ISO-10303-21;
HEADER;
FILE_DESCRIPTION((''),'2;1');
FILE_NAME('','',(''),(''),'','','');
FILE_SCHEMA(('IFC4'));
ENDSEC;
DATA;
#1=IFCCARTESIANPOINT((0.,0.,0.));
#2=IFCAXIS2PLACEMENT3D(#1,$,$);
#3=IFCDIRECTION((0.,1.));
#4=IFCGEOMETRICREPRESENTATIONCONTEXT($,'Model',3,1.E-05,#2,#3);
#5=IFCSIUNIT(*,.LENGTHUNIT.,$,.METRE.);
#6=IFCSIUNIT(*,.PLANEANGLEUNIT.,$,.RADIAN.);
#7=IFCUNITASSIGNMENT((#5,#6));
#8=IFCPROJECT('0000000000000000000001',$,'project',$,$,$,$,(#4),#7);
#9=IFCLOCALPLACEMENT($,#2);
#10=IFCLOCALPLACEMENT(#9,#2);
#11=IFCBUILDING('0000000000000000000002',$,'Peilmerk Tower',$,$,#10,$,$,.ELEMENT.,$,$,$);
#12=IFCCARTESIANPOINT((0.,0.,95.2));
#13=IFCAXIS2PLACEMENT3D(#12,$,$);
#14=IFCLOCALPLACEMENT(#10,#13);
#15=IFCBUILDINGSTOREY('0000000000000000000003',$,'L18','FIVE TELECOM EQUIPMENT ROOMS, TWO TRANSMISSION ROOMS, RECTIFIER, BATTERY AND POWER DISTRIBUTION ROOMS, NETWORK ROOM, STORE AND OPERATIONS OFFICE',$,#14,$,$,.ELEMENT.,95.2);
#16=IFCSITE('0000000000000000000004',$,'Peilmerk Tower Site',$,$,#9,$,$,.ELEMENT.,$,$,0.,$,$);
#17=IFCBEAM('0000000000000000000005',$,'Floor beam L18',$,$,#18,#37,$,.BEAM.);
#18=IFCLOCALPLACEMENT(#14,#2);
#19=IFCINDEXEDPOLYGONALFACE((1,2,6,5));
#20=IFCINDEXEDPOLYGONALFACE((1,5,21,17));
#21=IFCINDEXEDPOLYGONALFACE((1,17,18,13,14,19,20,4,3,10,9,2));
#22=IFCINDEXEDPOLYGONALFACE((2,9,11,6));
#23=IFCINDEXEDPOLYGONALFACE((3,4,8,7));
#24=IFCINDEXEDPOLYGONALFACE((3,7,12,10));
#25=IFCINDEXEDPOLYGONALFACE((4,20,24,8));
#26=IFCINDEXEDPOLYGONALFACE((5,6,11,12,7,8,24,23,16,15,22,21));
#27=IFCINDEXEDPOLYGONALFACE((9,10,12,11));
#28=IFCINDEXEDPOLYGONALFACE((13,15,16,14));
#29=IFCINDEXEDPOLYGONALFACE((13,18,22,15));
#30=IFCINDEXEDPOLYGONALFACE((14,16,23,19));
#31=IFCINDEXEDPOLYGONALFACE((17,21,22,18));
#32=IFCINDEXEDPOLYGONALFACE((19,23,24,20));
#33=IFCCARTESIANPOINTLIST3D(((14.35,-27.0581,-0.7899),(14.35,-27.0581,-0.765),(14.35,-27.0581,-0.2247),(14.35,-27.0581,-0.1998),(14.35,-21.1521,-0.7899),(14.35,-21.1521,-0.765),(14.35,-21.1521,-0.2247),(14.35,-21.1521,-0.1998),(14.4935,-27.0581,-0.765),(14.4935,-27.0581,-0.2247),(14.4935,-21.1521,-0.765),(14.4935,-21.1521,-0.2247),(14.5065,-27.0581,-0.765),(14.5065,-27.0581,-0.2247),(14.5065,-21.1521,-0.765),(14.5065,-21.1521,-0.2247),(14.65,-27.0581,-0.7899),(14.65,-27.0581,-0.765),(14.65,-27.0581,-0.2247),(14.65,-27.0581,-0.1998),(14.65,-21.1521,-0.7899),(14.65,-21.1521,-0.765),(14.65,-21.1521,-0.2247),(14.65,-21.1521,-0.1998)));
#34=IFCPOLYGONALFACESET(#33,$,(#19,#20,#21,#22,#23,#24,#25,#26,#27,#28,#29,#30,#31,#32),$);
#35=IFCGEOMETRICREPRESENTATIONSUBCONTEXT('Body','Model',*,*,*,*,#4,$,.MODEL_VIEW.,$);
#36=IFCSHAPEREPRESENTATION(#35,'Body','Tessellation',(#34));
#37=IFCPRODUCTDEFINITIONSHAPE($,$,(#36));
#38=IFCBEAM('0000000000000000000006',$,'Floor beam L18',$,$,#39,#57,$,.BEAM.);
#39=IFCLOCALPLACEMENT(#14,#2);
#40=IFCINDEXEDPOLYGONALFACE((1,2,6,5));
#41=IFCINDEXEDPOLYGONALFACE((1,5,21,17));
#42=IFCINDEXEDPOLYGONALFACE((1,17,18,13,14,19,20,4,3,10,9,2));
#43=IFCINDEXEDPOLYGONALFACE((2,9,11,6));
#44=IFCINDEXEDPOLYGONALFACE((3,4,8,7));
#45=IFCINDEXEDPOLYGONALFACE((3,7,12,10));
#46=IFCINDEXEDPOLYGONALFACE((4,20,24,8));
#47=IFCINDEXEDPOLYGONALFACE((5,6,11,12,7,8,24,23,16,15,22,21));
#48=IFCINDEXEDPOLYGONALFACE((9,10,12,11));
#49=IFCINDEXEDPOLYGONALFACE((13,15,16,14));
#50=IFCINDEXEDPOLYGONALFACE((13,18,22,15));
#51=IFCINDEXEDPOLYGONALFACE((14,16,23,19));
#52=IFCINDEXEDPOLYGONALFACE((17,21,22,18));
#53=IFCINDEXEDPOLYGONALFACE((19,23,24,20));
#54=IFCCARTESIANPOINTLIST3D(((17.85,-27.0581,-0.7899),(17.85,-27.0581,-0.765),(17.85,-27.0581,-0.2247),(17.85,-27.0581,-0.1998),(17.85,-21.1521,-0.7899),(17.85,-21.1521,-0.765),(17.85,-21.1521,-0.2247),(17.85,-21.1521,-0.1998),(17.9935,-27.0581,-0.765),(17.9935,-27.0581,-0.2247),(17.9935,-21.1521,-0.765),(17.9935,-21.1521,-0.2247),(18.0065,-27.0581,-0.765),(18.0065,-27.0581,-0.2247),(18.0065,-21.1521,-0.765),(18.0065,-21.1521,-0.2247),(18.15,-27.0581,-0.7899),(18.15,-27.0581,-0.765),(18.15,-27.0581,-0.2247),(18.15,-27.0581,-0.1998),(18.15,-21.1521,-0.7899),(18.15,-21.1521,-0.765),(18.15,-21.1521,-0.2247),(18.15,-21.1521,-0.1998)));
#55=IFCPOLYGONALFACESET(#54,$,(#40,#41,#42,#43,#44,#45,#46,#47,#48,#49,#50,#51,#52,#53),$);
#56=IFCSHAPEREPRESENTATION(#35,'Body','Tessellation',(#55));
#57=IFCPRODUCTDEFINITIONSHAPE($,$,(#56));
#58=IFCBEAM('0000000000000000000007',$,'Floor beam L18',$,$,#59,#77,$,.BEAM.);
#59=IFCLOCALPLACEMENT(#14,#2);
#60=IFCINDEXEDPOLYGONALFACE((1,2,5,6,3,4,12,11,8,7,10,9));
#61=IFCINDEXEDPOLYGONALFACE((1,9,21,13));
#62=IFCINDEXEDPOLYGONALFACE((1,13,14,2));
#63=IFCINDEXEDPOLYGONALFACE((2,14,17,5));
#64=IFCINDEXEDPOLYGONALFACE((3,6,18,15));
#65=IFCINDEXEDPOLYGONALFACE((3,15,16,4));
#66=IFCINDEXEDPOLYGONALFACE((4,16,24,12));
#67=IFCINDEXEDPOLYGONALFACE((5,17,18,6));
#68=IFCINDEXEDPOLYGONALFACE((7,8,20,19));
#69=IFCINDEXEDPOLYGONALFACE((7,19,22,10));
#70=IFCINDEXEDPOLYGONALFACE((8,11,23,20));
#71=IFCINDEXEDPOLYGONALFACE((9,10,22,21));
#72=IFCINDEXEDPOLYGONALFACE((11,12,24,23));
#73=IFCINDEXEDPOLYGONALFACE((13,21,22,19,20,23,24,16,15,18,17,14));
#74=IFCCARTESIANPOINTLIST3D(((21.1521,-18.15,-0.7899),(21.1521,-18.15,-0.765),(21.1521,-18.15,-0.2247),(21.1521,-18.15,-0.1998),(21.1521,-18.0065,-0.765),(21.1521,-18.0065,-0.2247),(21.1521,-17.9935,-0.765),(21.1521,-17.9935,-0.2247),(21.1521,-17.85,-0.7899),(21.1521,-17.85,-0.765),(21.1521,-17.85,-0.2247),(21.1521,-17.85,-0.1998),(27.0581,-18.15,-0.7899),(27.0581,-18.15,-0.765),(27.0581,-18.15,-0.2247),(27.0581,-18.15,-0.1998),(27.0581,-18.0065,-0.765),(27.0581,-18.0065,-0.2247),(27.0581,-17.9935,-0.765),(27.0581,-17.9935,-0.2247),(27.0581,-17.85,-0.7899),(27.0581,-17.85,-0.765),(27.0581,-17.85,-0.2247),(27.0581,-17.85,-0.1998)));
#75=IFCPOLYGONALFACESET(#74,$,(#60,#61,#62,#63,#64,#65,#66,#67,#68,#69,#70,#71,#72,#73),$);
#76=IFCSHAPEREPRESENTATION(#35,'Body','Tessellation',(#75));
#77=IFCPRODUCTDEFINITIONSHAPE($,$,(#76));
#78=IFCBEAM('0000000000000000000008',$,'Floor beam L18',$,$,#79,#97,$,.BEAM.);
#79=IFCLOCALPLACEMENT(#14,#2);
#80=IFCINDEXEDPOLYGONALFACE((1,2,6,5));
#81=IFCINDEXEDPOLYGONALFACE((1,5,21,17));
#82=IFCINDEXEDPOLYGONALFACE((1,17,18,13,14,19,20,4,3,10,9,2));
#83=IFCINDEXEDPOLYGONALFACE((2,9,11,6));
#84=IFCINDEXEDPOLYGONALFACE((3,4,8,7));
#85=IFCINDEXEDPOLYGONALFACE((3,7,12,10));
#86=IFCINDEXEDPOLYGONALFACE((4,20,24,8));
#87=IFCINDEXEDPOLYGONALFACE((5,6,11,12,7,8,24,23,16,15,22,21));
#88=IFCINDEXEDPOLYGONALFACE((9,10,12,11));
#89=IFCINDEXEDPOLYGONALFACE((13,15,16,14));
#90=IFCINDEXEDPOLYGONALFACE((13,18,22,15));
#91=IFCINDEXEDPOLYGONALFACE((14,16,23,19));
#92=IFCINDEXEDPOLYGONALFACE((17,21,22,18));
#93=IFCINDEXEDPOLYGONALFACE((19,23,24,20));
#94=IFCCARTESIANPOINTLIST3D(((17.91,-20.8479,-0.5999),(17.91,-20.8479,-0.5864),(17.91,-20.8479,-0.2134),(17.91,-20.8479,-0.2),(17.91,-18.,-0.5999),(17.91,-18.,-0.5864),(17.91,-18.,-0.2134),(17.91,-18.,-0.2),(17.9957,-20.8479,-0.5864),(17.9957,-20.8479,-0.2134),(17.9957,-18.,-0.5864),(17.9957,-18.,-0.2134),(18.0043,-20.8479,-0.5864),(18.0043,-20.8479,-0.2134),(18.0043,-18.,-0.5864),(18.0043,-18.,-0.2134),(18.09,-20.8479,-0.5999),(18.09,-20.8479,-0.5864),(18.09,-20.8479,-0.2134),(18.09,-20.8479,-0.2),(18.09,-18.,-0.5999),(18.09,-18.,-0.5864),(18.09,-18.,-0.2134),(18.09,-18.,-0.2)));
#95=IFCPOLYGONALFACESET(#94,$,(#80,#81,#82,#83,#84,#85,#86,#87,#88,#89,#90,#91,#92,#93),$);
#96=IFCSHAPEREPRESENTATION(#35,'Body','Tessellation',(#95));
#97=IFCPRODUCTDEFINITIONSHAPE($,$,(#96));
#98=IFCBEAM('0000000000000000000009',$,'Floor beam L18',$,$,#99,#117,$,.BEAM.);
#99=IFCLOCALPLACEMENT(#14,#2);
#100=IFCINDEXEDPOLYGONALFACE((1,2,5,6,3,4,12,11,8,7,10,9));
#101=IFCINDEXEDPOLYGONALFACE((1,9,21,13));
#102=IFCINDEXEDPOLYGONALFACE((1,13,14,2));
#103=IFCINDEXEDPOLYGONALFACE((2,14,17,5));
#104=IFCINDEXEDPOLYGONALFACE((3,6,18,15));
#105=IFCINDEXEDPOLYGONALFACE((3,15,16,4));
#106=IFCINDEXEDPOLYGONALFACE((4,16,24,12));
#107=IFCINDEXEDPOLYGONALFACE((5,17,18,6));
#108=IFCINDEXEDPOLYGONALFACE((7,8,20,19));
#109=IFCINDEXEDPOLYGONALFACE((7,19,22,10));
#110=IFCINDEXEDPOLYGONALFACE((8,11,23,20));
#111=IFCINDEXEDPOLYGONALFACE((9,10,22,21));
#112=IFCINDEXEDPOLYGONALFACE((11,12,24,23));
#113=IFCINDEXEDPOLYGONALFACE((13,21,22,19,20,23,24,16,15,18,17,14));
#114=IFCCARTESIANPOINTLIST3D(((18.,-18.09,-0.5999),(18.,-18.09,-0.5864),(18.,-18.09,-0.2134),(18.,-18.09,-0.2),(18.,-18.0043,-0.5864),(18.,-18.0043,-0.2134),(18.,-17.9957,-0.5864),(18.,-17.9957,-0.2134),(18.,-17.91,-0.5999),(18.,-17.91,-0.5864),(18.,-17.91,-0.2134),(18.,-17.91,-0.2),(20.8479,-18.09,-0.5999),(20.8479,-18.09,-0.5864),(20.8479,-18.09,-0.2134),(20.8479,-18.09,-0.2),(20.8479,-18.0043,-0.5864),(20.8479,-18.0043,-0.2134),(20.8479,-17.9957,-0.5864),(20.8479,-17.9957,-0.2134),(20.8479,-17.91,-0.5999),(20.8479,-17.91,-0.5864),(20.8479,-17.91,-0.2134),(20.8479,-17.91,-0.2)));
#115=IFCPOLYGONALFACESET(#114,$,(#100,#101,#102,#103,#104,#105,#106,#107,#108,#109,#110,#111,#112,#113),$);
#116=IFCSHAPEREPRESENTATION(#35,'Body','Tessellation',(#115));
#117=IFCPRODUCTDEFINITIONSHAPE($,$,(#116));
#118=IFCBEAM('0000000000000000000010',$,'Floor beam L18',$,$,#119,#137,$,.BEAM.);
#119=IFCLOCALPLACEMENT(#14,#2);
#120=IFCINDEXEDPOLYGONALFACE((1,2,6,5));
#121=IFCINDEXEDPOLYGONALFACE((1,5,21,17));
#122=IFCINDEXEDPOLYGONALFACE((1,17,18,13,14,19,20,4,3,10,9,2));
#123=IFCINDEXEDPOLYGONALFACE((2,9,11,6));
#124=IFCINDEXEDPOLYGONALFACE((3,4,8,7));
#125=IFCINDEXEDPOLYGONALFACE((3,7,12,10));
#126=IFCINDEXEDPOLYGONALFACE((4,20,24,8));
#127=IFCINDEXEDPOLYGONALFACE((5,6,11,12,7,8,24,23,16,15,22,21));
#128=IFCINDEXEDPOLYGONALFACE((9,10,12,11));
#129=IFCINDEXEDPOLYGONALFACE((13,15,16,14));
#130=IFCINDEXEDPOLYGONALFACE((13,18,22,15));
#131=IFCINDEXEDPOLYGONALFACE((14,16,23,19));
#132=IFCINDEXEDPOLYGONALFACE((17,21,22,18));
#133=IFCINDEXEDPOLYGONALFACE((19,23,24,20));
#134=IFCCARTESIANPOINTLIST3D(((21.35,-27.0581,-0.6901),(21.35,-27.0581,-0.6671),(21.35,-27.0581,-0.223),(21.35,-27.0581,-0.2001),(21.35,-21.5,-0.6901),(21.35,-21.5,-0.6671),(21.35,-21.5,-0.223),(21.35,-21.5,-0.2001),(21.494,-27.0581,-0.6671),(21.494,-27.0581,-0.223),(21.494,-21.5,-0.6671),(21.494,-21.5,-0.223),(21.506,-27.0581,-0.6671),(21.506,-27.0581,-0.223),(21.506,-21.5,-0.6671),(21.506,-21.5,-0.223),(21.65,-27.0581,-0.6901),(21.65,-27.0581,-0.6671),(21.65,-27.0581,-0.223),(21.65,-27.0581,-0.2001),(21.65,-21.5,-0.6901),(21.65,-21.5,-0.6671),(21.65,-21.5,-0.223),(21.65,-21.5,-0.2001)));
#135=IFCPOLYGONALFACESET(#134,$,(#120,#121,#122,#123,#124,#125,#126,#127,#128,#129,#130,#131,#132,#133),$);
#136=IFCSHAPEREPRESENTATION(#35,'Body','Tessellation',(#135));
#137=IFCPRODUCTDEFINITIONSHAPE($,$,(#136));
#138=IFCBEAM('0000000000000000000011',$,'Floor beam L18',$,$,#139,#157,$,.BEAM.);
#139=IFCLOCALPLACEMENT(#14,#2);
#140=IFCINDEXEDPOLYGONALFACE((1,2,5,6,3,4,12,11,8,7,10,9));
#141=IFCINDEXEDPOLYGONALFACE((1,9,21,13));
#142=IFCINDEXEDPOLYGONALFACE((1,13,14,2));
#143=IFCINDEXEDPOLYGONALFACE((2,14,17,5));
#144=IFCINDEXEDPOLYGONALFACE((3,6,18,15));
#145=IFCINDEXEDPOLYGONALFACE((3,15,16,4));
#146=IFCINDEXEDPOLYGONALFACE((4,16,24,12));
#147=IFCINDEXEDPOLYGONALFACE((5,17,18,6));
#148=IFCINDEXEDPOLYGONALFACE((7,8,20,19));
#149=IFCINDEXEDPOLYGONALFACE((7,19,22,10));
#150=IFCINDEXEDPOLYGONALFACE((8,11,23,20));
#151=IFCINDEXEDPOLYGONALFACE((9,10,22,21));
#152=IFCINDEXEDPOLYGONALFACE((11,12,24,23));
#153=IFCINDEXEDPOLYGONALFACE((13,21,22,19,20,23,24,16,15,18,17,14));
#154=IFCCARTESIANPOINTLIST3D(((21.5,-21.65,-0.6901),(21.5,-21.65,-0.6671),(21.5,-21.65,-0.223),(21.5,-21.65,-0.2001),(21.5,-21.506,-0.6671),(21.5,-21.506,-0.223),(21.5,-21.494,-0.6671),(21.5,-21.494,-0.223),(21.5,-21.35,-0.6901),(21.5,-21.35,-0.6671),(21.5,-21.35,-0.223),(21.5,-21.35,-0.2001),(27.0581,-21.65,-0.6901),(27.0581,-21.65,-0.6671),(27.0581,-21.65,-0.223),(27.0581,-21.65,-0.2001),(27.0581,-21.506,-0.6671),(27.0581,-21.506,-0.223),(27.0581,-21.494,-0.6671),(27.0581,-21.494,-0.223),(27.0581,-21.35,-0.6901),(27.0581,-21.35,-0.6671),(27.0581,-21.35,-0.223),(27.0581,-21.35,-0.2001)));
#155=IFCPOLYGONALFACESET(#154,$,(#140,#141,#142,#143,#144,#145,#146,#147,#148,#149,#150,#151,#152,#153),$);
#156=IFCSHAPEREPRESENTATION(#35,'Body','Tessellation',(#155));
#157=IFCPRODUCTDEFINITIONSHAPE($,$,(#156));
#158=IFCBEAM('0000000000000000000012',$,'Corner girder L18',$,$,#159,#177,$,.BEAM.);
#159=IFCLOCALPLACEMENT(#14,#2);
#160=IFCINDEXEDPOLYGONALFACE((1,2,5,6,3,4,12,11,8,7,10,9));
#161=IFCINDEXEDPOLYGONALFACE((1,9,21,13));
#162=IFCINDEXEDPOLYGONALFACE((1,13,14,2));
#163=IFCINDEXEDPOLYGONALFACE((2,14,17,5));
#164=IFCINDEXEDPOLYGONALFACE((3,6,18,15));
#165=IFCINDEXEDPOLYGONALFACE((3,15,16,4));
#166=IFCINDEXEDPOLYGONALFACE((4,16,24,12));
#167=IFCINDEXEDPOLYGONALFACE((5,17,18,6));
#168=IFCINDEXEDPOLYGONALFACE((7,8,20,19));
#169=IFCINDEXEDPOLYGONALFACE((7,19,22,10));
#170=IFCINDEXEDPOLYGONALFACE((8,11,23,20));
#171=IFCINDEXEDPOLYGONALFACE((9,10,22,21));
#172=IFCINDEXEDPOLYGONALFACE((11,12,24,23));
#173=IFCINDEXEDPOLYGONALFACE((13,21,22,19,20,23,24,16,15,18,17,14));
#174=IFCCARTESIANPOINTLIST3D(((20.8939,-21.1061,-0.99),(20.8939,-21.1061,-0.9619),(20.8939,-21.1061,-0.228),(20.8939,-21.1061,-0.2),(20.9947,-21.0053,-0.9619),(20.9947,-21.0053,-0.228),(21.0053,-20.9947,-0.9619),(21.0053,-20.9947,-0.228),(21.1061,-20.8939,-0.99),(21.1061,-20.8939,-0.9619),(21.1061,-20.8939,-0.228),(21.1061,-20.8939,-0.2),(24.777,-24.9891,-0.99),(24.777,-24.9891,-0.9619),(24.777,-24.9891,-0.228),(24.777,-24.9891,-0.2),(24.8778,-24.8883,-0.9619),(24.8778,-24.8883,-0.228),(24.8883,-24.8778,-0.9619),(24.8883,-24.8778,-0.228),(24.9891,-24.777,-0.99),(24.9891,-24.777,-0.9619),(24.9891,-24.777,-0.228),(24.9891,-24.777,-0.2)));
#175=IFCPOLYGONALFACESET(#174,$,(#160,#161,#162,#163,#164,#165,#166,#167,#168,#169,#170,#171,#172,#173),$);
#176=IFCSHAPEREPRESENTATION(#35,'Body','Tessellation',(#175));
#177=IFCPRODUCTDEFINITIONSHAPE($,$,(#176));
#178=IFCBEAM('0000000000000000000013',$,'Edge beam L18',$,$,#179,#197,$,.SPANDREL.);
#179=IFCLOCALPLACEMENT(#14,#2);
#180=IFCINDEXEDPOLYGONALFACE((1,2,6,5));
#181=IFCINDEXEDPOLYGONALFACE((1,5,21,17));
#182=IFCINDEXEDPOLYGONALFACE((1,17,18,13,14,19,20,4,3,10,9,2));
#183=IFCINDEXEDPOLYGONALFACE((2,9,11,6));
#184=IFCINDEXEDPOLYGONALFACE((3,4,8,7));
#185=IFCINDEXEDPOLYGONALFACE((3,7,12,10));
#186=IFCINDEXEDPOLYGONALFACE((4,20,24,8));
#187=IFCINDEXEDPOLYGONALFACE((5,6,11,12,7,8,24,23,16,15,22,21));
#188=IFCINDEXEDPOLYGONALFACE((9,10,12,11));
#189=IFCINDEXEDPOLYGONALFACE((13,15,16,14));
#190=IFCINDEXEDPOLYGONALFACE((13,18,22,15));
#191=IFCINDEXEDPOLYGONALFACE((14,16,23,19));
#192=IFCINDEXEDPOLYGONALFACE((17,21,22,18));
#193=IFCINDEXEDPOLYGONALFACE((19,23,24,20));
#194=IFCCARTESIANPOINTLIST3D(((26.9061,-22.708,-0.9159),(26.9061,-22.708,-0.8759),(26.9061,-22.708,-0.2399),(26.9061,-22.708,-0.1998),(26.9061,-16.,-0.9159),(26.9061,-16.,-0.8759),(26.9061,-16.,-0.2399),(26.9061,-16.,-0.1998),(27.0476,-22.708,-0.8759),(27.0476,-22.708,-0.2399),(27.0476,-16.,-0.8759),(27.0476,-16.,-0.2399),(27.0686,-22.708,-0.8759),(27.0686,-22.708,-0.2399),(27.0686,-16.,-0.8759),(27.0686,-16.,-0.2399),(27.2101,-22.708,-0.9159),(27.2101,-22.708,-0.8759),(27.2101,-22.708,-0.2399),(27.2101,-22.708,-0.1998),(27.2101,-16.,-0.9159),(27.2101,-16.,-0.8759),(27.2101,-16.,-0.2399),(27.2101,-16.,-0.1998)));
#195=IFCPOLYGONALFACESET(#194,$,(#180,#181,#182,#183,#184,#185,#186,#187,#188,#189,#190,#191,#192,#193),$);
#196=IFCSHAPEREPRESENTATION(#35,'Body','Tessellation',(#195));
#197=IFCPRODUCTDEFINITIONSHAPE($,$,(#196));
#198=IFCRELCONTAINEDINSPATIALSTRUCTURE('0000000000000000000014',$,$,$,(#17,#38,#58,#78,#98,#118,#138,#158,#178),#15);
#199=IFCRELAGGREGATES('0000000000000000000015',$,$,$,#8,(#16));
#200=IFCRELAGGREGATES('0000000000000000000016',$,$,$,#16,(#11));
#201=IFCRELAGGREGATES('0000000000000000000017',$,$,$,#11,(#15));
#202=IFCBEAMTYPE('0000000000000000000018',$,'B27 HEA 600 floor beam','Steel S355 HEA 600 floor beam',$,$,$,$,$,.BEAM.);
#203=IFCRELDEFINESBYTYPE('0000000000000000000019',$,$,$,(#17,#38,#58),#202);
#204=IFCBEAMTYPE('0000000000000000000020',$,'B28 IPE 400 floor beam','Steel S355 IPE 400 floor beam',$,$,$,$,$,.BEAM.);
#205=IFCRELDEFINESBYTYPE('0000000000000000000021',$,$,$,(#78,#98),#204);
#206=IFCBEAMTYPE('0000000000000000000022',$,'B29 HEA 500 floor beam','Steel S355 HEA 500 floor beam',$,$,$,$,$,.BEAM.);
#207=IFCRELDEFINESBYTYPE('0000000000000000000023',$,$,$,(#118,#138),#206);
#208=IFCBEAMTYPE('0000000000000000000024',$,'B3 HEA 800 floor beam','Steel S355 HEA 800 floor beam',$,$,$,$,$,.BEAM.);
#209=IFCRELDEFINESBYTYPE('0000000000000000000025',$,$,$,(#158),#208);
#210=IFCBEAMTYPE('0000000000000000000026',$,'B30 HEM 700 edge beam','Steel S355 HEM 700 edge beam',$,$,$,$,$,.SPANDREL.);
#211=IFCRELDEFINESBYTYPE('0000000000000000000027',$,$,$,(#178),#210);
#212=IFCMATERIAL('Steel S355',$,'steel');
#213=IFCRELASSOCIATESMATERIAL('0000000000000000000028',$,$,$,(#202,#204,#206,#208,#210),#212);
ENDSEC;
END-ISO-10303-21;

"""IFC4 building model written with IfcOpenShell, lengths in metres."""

from ifc_helpers import new_model, si_unit, direction, frame, origin, origin_2d, place, context, subcontext, project, spatial, i_section, extrude, material, material_profile, profile_set, type_object, element, save


model = new_model("IFC4")

# Units and contexts
model_context = context("Model", 3, precision=1e-05, world=origin(), true_north=direction((0.0, 1.0)))
body_context = subcontext(model_context, "Body", "Model", "MODEL_VIEW")
ifc_project = project(units=[si_unit("LENGTHUNIT", "METRE"), si_unit("PLANEANGLEUNIT", "RADIAN")], contexts=[model_context])

# Site, building, storey
site_placement = place(None, origin())
site = spatial("IfcSite", under=ifc_project, at=site_placement, Name="Peilmerk Tower Site", CompositionType="ELEMENT", RefElevation=0.0)
building_placement = place(site_placement, origin())
building = spatial("IfcBuilding", under=site, at=building_placement, Name="Peilmerk Tower", CompositionType="ELEMENT")
storey_placement = place(building_placement, frame((0.0, 0.0, 95.2)))
storey = spatial("IfcBuildingStorey", under=building, at=storey_placement, Name="L18", Description="FIVE TELECOM EQUIPMENT ROOMS, TWO TRANSMISSION ROOMS, RECTIFIER, BATTERY AND POWER DISTRIBUTION ROOMS, NETWORK ROOM, STORE AND OPERATIONS OFFICE", CompositionType="ELEMENT", Elevation=95.2)

# Beams
ifc_material_1 = material(Name="Steel S355", Category="steel")
ifc_material_profile_1 = material_profile(ifc_material_1, i_section(OverallWidth=0.3, OverallDepth=0.5901, WebThickness=0.0129, FlangeThickness=0.0249, at=origin_2d()), Name="HEA 600")
ifc_profile_set_1 = profile_set([ifc_material_profile_1], Name="Steel S355")
beam_type_1 = type_object("IfcBeamType", Name="B27 HEA 600 floor beam", Description="Steel S355 HEA 600 floor beam", PredefinedType="BEAM", material=ifc_profile_set_1)
for number, where, z_axis, x_axis, name in (
    (1, (14.5, -21.1521, -0.4949), (0.0, -1.0, 0.0), (1.0, 0.0, 0.0), "Floor beam L18"),
    (2, (18.0, -21.1521, -0.4949), (0.0, -1.0, 0.0), (1.0, 0.0, 0.0), "Floor beam L18"),
    (3, (21.1521, -18.0, -0.4949), (1.0, 0.0, 0.0), (0.0, 1.0, 0.0), "Floor beam L18"),
):
    element("IfcBeam", number, at=place(storey_placement, frame(where, z_axis=z_axis, x_axis=x_axis)), inside=storey, type_object=beam_type_1, Name=name, PredefinedType="BEAM", context=body_context, shape_type="SweptSolid", body=[
        extrude(i_section(OverallWidth=0.3, OverallDepth=0.5901, WebThickness=0.0129, FlangeThickness=0.0249, at=origin_2d()), origin(), (0.0, 0.0, 1.0), 5.906),
    ])
ifc_material_profile_2 = material_profile(ifc_material_1, i_section(OverallWidth=0.1799, OverallDepth=0.3999, WebThickness=0.0085, FlangeThickness=0.0134, at=origin_2d()), Name="IPE 400")
ifc_profile_set_2 = profile_set([ifc_material_profile_2], Name="Steel S355")
beam_type_2 = type_object("IfcBeamType", Name="B28 IPE 400 floor beam", Description="Steel S355 IPE 400 floor beam", PredefinedType="BEAM", material=ifc_profile_set_2)
for number, where, z_axis, x_axis, name in (
    (4, (18.0, -18.0, -0.3999), (0.0, -1.0, 0.0), (1.0, 0.0, 0.0), "Floor beam L18"),
    (5, (18.0, -18.0, -0.3999), (1.0, 0.0, 0.0), (0.0, 1.0, 0.0), "Floor beam L18"),
):
    element("IfcBeam", number, at=place(storey_placement, frame(where, z_axis=z_axis, x_axis=x_axis)), inside=storey, type_object=beam_type_2, Name=name, PredefinedType="BEAM", context=body_context, shape_type="SweptSolid", body=[
        extrude(i_section(OverallWidth=0.1799, OverallDepth=0.3999, WebThickness=0.0085, FlangeThickness=0.0134, at=origin_2d()), origin(), (0.0, 0.0, 1.0), 2.8479),
    ])
ifc_material_profile_3 = material_profile(ifc_material_1, i_section(OverallWidth=0.3, OverallDepth=0.49, WebThickness=0.012, FlangeThickness=0.0229, at=origin_2d()), Name="HEA 500")
ifc_profile_set_3 = profile_set([ifc_material_profile_3], Name="Steel S355")
beam_type_3 = type_object("IfcBeamType", Name="B29 HEA 500 floor beam", Description="Steel S355 HEA 500 floor beam", PredefinedType="BEAM", material=ifc_profile_set_3)
for number, where, z_axis, x_axis, name in (
    (6, (21.5, -21.5, -0.4451), (0.0, -1.0, 0.0), (1.0, 0.0, 0.0), "Floor beam L18"),
    (7, (21.5, -21.5, -0.4451), (1.0, 0.0, 0.0), (0.0, 1.0, 0.0), "Floor beam L18"),
):
    element("IfcBeam", number, at=place(storey_placement, frame(where, z_axis=z_axis, x_axis=x_axis)), inside=storey, type_object=beam_type_3, Name=name, PredefinedType="BEAM", context=body_context, shape_type="SweptSolid", body=[
        extrude(i_section(OverallWidth=0.3, OverallDepth=0.49, WebThickness=0.012, FlangeThickness=0.0229, at=origin_2d()), origin(), (0.0, 0.0, 1.0), 5.5581),
    ])
ifc_material_profile_4 = material_profile(ifc_material_1, i_section(OverallWidth=0.3, OverallDepth=0.79, WebThickness=0.0149, FlangeThickness=0.0281, at=origin_2d()), Name="HEA 800")
ifc_profile_set_4 = profile_set([ifc_material_profile_4], Name="Steel S355")
beam_type_4 = type_object("IfcBeamType", Name="B3 HEA 800 floor beam", Description="Steel S355 HEA 800 floor beam", PredefinedType="BEAM", material=ifc_profile_set_4)
beam_1_placement = place(storey_placement, frame((21.0, -21.0, -0.595), z_axis=(0.707107, -0.707107, 0.0), x_axis=(0.707107, 0.707107, 0.0)))
element("IfcBeam", 8, at=beam_1_placement, inside=storey, type_object=beam_type_4, Name="Corner girder L18", PredefinedType="BEAM", context=body_context, shape_type="SweptSolid", body=[
    extrude(i_section(OverallWidth=0.3, OverallDepth=0.79, WebThickness=0.0149, FlangeThickness=0.0281, at=origin_2d()), origin(), (0.0, 0.0, 1.0), 5.4915),
])
ifc_material_profile_5 = material_profile(ifc_material_1, i_section(OverallWidth=0.304, OverallDepth=0.7161, WebThickness=0.021, FlangeThickness=0.04, at=origin_2d()), Name="HEM 700")
ifc_profile_set_5 = profile_set([ifc_material_profile_5], Name="Steel S355")
beam_type_5 = type_object("IfcBeamType", Name="B30 HEM 700 edge beam", Description="Steel S355 HEM 700 edge beam", PredefinedType="SPANDREL", material=ifc_profile_set_5)
for number, where, z_axis, x_axis, name in (
    (9, (27.0581, -22.708, -0.5579), (0.0, 1.0, 0.0), (-1.0, 0.0, 0.0), "Edge beam L18"),
):
    element("IfcBeam", number, at=place(storey_placement, frame(where, z_axis=z_axis, x_axis=x_axis)), inside=storey, type_object=beam_type_5, Name=name, PredefinedType="SPANDREL", context=body_context, shape_type="SweptSolid", body=[
        extrude(i_section(OverallWidth=0.304, OverallDepth=0.7161, WebThickness=0.021, FlangeThickness=0.04, at=origin_2d()), origin(), (0.0, 0.0, 1.0), 6.708),
    ])

save(model, "model.ifc")
